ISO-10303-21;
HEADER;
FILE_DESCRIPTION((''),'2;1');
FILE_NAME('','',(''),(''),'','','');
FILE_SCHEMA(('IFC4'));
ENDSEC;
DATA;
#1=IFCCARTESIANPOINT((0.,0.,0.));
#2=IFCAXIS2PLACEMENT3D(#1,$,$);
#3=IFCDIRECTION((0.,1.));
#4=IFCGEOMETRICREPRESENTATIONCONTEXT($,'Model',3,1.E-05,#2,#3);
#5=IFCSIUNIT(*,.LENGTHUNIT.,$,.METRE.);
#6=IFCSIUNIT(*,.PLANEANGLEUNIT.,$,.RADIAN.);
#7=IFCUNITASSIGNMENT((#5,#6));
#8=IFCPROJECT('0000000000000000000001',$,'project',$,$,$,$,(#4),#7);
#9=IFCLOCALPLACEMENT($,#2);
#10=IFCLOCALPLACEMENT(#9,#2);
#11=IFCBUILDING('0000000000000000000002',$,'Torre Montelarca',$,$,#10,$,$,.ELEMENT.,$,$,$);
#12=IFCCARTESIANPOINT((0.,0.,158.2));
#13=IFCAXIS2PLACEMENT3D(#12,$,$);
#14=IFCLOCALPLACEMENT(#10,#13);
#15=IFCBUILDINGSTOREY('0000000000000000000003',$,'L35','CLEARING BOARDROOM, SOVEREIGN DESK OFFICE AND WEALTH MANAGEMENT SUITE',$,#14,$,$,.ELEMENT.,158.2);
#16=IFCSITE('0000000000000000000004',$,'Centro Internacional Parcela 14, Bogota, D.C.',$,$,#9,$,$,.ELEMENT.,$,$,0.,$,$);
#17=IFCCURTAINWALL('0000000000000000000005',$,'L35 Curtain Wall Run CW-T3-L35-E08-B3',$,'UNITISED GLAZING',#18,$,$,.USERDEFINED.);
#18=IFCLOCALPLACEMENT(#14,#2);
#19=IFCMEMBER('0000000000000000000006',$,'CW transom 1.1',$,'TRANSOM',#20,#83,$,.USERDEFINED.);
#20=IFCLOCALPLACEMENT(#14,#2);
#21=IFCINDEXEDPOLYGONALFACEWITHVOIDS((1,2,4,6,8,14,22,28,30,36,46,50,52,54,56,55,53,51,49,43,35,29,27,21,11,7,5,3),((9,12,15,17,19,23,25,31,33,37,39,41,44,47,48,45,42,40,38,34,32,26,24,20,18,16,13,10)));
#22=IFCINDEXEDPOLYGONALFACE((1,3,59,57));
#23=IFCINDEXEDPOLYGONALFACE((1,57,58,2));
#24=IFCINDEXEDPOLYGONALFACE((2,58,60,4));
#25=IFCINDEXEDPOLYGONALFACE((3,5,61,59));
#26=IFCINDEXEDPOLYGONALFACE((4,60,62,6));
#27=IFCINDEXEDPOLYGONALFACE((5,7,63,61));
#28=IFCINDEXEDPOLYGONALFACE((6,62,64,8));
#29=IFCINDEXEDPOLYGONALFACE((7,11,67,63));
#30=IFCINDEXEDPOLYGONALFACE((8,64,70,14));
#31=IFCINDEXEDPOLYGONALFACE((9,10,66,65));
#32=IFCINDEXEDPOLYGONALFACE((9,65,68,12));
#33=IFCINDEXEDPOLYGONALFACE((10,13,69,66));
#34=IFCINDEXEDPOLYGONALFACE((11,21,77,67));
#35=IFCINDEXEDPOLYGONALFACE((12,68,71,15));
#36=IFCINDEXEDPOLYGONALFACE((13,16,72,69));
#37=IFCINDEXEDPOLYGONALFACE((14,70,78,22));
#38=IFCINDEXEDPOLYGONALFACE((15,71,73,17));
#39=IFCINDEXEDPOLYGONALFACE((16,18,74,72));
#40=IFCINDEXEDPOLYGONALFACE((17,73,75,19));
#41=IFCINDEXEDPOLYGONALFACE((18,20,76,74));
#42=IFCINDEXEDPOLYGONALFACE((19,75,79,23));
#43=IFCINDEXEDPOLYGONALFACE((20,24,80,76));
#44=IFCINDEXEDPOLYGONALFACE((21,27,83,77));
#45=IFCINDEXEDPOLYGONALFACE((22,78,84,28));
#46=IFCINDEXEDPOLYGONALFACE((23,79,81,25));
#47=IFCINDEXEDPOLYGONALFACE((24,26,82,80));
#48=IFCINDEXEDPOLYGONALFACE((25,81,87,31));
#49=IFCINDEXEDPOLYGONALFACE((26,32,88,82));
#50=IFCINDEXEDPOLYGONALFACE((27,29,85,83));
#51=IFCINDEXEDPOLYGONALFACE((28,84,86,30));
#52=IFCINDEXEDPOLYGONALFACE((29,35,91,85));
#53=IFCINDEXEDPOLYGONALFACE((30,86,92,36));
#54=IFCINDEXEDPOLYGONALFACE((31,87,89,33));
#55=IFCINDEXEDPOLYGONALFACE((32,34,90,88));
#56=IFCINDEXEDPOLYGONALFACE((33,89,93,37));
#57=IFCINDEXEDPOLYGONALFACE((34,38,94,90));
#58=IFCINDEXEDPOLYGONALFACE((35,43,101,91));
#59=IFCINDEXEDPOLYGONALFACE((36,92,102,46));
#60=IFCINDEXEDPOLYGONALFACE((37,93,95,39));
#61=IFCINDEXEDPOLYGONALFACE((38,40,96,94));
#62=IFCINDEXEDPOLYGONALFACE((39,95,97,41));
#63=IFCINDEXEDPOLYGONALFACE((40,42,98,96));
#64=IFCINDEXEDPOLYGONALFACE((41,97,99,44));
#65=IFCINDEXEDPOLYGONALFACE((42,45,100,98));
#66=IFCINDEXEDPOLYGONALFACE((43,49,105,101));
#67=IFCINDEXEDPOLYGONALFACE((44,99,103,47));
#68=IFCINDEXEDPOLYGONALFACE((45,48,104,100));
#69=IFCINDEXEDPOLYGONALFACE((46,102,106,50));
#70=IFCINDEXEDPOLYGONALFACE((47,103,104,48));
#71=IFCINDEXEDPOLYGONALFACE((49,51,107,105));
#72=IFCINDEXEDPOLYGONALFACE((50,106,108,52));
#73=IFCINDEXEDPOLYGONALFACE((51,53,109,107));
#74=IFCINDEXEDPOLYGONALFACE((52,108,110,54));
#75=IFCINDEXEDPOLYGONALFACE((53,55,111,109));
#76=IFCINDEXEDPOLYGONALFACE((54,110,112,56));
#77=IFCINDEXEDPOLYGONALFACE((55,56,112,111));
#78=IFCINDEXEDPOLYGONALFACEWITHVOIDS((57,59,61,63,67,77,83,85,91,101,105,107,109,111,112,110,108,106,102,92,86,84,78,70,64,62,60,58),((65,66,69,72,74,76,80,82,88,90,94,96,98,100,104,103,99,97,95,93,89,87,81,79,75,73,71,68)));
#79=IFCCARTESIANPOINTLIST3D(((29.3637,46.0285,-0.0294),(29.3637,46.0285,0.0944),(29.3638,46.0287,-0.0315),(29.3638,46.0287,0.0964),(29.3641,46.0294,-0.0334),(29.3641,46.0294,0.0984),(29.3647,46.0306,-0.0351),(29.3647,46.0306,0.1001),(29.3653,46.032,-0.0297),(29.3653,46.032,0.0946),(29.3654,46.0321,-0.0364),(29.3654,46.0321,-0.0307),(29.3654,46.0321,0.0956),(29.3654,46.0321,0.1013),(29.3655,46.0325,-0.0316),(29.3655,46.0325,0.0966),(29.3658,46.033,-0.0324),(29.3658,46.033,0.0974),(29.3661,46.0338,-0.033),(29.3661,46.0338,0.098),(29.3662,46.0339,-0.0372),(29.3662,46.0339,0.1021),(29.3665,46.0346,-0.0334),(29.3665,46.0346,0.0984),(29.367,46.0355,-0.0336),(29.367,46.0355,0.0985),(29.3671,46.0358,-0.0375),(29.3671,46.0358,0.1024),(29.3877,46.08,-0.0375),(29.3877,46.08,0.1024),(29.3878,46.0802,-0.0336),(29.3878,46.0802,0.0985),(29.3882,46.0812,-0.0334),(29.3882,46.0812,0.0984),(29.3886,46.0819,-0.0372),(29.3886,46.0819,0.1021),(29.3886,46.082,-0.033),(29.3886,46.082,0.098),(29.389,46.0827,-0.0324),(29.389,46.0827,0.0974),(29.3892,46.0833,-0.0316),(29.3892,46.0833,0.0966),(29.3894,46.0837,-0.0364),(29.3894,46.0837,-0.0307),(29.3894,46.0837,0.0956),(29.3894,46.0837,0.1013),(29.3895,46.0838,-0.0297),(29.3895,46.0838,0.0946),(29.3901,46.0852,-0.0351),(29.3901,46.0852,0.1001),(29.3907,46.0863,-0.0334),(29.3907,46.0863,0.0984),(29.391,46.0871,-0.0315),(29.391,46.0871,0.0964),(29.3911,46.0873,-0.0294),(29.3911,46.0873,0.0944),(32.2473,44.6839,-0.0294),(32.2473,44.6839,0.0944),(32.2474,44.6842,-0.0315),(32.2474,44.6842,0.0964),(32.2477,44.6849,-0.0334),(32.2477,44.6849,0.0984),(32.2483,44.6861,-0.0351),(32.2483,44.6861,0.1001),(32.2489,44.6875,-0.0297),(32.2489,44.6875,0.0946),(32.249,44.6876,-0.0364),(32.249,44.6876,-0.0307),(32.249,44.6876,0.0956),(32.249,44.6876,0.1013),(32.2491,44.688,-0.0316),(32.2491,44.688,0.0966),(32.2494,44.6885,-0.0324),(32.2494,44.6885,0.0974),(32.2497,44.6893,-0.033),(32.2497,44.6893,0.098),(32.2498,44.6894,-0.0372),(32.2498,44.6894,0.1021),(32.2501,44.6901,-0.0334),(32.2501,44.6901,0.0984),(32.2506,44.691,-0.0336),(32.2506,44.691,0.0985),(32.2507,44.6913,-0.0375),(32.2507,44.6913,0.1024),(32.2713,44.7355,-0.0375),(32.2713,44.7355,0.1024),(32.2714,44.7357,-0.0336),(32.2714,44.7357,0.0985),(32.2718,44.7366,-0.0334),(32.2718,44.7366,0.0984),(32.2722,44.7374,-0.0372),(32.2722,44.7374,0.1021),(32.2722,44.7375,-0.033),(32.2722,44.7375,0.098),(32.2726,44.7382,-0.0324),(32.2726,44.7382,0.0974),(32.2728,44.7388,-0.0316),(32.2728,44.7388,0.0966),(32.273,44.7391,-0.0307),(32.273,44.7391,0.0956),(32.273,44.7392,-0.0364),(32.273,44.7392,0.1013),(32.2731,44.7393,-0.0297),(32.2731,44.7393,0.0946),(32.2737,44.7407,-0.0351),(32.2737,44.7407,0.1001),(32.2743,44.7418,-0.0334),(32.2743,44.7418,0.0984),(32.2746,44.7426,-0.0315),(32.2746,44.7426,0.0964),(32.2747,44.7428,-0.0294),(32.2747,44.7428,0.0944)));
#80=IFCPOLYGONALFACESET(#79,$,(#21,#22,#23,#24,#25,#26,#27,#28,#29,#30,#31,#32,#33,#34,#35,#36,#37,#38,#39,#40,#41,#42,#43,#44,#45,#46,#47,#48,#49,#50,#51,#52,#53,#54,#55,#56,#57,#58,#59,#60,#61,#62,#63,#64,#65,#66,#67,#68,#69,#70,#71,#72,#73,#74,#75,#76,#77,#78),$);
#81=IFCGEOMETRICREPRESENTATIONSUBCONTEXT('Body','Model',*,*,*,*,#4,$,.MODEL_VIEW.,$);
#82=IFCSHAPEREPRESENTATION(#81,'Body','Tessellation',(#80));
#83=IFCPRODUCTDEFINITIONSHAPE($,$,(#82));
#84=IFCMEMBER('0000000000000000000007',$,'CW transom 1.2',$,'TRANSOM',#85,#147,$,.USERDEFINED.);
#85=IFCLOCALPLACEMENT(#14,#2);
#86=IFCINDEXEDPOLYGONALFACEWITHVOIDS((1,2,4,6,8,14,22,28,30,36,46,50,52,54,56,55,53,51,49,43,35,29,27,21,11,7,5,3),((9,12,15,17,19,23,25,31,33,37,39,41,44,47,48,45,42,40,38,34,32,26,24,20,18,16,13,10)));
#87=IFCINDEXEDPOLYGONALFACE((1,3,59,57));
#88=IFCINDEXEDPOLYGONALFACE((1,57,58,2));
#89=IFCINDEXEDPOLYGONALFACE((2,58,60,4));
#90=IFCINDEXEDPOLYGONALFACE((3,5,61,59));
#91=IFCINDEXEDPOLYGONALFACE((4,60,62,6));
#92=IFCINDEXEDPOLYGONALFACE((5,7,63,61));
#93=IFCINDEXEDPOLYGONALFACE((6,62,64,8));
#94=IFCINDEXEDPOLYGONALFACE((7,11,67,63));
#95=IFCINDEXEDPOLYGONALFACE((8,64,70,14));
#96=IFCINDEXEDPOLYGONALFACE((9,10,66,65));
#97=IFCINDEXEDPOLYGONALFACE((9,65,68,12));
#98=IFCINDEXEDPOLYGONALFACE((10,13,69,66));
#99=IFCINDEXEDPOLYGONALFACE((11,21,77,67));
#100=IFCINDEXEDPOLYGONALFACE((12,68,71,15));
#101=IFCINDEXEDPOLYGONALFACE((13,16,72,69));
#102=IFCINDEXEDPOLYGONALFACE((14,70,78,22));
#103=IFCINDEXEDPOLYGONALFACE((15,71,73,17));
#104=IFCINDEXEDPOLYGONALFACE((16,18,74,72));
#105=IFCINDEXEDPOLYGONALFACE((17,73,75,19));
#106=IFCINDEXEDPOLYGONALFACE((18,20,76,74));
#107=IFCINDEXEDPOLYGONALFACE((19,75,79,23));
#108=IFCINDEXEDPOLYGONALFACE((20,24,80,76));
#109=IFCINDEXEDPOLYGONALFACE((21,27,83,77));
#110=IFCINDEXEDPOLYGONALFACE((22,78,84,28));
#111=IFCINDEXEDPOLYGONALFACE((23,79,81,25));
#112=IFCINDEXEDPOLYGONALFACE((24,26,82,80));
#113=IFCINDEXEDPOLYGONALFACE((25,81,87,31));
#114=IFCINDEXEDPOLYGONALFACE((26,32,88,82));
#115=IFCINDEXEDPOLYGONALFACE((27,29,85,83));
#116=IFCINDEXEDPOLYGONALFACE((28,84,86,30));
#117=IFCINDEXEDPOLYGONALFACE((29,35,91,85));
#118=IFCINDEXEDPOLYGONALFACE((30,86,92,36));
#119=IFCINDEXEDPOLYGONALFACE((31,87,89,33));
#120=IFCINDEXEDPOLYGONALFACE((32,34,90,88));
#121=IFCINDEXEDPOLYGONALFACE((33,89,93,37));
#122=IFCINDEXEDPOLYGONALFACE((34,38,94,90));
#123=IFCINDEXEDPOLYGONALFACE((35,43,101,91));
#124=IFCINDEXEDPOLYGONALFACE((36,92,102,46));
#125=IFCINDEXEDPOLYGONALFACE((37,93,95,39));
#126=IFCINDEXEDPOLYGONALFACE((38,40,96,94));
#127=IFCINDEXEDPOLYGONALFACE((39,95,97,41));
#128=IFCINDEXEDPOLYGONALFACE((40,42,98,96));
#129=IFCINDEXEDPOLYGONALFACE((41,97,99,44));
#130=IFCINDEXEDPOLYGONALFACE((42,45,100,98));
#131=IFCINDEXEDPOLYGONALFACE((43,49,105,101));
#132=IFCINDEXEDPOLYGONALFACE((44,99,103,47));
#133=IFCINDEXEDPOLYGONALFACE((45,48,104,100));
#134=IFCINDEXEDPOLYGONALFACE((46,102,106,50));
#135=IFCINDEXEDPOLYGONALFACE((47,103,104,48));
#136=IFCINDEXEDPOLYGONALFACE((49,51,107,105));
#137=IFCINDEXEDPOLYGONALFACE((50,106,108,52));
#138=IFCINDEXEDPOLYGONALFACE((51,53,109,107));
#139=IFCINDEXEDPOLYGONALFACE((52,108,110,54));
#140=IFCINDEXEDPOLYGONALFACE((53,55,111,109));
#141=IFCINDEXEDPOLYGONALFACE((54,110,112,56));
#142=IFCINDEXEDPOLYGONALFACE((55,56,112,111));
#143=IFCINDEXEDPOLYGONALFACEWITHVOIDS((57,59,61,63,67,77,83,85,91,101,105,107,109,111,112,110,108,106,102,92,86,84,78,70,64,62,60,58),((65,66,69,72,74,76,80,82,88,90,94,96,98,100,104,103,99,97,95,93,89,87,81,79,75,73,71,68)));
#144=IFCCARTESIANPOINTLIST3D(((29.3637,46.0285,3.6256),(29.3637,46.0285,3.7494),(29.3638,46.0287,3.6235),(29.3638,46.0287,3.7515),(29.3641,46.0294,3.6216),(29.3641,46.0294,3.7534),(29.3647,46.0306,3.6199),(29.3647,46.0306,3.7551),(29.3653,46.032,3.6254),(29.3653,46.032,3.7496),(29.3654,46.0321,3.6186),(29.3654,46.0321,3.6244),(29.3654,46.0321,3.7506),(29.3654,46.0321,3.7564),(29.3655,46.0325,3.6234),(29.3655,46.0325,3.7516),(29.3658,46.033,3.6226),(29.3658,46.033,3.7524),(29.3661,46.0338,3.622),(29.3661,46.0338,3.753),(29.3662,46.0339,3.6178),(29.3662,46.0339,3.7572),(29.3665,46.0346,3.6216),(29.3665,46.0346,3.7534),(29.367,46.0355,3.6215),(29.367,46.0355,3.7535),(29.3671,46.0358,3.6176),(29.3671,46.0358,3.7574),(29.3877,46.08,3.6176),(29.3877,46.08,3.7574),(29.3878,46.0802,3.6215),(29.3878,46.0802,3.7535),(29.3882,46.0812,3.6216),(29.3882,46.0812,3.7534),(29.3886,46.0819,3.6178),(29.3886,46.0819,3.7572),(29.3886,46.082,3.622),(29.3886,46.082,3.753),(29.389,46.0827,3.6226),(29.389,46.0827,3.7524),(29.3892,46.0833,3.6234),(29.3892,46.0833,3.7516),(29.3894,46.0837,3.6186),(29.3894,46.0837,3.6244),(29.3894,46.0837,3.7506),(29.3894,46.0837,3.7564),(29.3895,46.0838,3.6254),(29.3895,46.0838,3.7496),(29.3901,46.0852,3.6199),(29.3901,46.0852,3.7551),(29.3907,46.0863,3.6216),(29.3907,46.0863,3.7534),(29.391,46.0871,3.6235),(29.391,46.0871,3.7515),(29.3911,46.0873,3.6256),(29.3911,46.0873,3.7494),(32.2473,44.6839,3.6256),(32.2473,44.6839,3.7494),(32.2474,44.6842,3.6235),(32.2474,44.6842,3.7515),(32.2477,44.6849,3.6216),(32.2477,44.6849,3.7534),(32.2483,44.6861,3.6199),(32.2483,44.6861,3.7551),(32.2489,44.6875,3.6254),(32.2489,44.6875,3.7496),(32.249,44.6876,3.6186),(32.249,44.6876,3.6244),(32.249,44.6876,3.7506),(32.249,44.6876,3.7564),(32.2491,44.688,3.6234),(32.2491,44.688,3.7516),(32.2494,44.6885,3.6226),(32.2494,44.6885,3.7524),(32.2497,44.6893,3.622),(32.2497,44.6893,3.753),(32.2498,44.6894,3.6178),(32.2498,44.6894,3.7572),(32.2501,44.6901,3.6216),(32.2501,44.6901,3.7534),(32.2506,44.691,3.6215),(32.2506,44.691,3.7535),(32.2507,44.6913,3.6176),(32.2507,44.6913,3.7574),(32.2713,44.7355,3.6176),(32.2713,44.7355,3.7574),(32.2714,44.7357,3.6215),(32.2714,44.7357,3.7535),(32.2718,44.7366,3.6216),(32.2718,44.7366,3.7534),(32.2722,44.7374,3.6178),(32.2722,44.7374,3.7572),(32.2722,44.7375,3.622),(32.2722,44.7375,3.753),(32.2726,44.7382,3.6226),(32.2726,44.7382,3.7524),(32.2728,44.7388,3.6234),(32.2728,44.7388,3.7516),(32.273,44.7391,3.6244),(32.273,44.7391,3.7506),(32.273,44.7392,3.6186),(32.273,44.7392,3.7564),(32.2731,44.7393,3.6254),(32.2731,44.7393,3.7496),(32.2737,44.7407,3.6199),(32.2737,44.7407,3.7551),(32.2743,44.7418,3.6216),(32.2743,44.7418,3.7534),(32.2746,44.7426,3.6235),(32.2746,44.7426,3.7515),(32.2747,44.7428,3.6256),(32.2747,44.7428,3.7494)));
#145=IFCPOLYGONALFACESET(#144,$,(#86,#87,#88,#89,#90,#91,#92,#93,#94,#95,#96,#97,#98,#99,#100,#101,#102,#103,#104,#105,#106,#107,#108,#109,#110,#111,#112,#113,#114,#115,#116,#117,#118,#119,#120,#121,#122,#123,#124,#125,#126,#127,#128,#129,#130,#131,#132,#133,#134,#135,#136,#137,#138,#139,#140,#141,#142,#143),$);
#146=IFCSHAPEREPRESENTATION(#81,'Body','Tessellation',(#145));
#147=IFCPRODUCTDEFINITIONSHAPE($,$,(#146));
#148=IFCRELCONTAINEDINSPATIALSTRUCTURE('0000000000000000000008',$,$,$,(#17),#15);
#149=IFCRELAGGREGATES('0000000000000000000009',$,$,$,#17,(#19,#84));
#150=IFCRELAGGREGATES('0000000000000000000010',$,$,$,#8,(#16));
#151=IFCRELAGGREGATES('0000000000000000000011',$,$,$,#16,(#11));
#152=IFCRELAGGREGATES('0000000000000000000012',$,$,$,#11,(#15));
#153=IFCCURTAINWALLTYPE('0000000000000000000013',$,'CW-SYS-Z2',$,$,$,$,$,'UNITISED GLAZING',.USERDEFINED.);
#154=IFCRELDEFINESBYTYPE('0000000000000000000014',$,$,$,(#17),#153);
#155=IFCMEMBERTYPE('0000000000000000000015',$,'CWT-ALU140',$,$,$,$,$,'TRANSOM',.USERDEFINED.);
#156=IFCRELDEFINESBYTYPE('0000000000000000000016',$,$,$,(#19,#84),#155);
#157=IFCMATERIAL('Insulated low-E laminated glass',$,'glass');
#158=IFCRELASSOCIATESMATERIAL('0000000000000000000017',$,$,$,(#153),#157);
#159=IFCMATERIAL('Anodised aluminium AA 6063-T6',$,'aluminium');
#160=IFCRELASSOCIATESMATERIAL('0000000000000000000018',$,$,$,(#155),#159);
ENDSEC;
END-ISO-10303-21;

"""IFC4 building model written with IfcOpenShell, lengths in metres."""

from ifc_helpers import new_model, si_unit, direction, frame, origin, origin_2d, place, context, subcontext, project, spatial, hollow_rectangle, extrude, source, transform, mapped, material, material_profile, profile_set, type_object, element, aggregate, save


model = new_model("IFC4")

# Units and contexts
model_context = context("Model", 3, precision=1e-05, world=origin(), true_north=direction((0.0, 1.0)))
body_context = subcontext(model_context, "Body", "Model", "MODEL_VIEW")
ifc_project = project(units=[si_unit("LENGTHUNIT", "METRE"), si_unit("PLANEANGLEUNIT", "RADIAN")], contexts=[model_context])

# Site, building, storey
site_placement = place(None, origin())
site = spatial("IfcSite", under=ifc_project, at=site_placement, Name="Centro Internacional Parcela 14, Bogota, D.C.", CompositionType="ELEMENT", RefElevation=0.0)
building_placement = place(site_placement, origin())
building = spatial("IfcBuilding", under=site, at=building_placement, Name="Torre Montelarca", CompositionType="ELEMENT")
storey_placement = place(building_placement, frame((0.0, 0.0, 158.2)))
storey = spatial("IfcBuildingStorey", under=building, at=storey_placement, Name="L35", Description="CLEARING BOARDROOM, SOVEREIGN DESK OFFICE AND WEALTH MANAGEMENT SUITE", CompositionType="ELEMENT", Elevation=158.2)

# Curtain wall
ifc_material_1 = material(Name="Insulated low-E laminated glass", Category="glass")
curtain_wall_type = type_object("IfcCurtainWallType", Name="CW-SYS-Z2", ElementType="UNITISED GLAZING", PredefinedType="USERDEFINED", material=ifc_material_1)
ifc_material_2 = material(Name="Anodised aluminium AA 6063-T6", Category="aluminium")
curtain_wall_1_placement = place(storey_placement, origin())
curtain_wall_1 = element("IfcCurtainWall", 1, at=curtain_wall_1_placement, inside=storey, type_object=curtain_wall_type, Name="L35 Curtain Wall Run CW-T3-L35-E08-B3", ObjectType="UNITISED GLAZING", PredefinedType="USERDEFINED")

# Members
ifc_material_profile_1 = material_profile(ifc_material_2, hollow_rectangle(XDim=0.0649, YDim=0.1399, WallThickness=0.0039, InnerFilletRadius=0.0039, OuterFilletRadius=0.0081, at=origin_2d()), Name="ALU65X140X4", Category="aluminium")
ifc_profile_set_1 = profile_set([ifc_material_profile_1], Name="Anodised aluminium AA 6063-T6")
member_type_1 = type_object("IfcMemberType", Name="CWT-ALU140", ElementType="TRANSOM", PredefinedType="USERDEFINED", material=ifc_profile_set_1)
shared_shape_1 = source(origin(), body_context, "Body", "SweptSolid", [
    extrude(hollow_rectangle(XDim=0.0649, YDim=0.1399, WallThickness=0.0039, InnerFilletRadius=0.0039, OuterFilletRadius=0.0081, at=origin_2d()), origin(), (0.0, 0.0, 1.0), 3.1816),
])
member_1_placement = place(storey_placement, frame((32.261, 44.7134, 0.0325), z_axis=(-0.906324, 0.422583, 0.0), x_axis=(-0.422583, -0.906324, 0.0)))
member_1 = element("IfcMember", 2, at=member_1_placement, type_object=member_type_1, Name="CW transom 1.1", ObjectType="TRANSOM", PredefinedType="USERDEFINED", context=body_context, shape_type="MappedRepresentation", body=[
    mapped(shared_shape_1, transform((0.0, 0.0, 0.0), scale=1.0)),
])
member_2_placement = place(storey_placement, frame((32.261, 44.7134, 3.6875), z_axis=(-0.906324, 0.422583, 0.0), x_axis=(-0.422583, -0.906324, 0.0)))
member_2 = element("IfcMember", 3, at=member_2_placement, type_object=member_type_1, Name="CW transom 1.2", ObjectType="TRANSOM", PredefinedType="USERDEFINED", context=body_context, shape_type="MappedRepresentation", body=[
    mapped(shared_shape_1, transform((0.0, 0.0, 0.0), scale=1.0)),
])

aggregate(curtain_wall_1, [member_1, member_2])

save(model, "model.ifc")
